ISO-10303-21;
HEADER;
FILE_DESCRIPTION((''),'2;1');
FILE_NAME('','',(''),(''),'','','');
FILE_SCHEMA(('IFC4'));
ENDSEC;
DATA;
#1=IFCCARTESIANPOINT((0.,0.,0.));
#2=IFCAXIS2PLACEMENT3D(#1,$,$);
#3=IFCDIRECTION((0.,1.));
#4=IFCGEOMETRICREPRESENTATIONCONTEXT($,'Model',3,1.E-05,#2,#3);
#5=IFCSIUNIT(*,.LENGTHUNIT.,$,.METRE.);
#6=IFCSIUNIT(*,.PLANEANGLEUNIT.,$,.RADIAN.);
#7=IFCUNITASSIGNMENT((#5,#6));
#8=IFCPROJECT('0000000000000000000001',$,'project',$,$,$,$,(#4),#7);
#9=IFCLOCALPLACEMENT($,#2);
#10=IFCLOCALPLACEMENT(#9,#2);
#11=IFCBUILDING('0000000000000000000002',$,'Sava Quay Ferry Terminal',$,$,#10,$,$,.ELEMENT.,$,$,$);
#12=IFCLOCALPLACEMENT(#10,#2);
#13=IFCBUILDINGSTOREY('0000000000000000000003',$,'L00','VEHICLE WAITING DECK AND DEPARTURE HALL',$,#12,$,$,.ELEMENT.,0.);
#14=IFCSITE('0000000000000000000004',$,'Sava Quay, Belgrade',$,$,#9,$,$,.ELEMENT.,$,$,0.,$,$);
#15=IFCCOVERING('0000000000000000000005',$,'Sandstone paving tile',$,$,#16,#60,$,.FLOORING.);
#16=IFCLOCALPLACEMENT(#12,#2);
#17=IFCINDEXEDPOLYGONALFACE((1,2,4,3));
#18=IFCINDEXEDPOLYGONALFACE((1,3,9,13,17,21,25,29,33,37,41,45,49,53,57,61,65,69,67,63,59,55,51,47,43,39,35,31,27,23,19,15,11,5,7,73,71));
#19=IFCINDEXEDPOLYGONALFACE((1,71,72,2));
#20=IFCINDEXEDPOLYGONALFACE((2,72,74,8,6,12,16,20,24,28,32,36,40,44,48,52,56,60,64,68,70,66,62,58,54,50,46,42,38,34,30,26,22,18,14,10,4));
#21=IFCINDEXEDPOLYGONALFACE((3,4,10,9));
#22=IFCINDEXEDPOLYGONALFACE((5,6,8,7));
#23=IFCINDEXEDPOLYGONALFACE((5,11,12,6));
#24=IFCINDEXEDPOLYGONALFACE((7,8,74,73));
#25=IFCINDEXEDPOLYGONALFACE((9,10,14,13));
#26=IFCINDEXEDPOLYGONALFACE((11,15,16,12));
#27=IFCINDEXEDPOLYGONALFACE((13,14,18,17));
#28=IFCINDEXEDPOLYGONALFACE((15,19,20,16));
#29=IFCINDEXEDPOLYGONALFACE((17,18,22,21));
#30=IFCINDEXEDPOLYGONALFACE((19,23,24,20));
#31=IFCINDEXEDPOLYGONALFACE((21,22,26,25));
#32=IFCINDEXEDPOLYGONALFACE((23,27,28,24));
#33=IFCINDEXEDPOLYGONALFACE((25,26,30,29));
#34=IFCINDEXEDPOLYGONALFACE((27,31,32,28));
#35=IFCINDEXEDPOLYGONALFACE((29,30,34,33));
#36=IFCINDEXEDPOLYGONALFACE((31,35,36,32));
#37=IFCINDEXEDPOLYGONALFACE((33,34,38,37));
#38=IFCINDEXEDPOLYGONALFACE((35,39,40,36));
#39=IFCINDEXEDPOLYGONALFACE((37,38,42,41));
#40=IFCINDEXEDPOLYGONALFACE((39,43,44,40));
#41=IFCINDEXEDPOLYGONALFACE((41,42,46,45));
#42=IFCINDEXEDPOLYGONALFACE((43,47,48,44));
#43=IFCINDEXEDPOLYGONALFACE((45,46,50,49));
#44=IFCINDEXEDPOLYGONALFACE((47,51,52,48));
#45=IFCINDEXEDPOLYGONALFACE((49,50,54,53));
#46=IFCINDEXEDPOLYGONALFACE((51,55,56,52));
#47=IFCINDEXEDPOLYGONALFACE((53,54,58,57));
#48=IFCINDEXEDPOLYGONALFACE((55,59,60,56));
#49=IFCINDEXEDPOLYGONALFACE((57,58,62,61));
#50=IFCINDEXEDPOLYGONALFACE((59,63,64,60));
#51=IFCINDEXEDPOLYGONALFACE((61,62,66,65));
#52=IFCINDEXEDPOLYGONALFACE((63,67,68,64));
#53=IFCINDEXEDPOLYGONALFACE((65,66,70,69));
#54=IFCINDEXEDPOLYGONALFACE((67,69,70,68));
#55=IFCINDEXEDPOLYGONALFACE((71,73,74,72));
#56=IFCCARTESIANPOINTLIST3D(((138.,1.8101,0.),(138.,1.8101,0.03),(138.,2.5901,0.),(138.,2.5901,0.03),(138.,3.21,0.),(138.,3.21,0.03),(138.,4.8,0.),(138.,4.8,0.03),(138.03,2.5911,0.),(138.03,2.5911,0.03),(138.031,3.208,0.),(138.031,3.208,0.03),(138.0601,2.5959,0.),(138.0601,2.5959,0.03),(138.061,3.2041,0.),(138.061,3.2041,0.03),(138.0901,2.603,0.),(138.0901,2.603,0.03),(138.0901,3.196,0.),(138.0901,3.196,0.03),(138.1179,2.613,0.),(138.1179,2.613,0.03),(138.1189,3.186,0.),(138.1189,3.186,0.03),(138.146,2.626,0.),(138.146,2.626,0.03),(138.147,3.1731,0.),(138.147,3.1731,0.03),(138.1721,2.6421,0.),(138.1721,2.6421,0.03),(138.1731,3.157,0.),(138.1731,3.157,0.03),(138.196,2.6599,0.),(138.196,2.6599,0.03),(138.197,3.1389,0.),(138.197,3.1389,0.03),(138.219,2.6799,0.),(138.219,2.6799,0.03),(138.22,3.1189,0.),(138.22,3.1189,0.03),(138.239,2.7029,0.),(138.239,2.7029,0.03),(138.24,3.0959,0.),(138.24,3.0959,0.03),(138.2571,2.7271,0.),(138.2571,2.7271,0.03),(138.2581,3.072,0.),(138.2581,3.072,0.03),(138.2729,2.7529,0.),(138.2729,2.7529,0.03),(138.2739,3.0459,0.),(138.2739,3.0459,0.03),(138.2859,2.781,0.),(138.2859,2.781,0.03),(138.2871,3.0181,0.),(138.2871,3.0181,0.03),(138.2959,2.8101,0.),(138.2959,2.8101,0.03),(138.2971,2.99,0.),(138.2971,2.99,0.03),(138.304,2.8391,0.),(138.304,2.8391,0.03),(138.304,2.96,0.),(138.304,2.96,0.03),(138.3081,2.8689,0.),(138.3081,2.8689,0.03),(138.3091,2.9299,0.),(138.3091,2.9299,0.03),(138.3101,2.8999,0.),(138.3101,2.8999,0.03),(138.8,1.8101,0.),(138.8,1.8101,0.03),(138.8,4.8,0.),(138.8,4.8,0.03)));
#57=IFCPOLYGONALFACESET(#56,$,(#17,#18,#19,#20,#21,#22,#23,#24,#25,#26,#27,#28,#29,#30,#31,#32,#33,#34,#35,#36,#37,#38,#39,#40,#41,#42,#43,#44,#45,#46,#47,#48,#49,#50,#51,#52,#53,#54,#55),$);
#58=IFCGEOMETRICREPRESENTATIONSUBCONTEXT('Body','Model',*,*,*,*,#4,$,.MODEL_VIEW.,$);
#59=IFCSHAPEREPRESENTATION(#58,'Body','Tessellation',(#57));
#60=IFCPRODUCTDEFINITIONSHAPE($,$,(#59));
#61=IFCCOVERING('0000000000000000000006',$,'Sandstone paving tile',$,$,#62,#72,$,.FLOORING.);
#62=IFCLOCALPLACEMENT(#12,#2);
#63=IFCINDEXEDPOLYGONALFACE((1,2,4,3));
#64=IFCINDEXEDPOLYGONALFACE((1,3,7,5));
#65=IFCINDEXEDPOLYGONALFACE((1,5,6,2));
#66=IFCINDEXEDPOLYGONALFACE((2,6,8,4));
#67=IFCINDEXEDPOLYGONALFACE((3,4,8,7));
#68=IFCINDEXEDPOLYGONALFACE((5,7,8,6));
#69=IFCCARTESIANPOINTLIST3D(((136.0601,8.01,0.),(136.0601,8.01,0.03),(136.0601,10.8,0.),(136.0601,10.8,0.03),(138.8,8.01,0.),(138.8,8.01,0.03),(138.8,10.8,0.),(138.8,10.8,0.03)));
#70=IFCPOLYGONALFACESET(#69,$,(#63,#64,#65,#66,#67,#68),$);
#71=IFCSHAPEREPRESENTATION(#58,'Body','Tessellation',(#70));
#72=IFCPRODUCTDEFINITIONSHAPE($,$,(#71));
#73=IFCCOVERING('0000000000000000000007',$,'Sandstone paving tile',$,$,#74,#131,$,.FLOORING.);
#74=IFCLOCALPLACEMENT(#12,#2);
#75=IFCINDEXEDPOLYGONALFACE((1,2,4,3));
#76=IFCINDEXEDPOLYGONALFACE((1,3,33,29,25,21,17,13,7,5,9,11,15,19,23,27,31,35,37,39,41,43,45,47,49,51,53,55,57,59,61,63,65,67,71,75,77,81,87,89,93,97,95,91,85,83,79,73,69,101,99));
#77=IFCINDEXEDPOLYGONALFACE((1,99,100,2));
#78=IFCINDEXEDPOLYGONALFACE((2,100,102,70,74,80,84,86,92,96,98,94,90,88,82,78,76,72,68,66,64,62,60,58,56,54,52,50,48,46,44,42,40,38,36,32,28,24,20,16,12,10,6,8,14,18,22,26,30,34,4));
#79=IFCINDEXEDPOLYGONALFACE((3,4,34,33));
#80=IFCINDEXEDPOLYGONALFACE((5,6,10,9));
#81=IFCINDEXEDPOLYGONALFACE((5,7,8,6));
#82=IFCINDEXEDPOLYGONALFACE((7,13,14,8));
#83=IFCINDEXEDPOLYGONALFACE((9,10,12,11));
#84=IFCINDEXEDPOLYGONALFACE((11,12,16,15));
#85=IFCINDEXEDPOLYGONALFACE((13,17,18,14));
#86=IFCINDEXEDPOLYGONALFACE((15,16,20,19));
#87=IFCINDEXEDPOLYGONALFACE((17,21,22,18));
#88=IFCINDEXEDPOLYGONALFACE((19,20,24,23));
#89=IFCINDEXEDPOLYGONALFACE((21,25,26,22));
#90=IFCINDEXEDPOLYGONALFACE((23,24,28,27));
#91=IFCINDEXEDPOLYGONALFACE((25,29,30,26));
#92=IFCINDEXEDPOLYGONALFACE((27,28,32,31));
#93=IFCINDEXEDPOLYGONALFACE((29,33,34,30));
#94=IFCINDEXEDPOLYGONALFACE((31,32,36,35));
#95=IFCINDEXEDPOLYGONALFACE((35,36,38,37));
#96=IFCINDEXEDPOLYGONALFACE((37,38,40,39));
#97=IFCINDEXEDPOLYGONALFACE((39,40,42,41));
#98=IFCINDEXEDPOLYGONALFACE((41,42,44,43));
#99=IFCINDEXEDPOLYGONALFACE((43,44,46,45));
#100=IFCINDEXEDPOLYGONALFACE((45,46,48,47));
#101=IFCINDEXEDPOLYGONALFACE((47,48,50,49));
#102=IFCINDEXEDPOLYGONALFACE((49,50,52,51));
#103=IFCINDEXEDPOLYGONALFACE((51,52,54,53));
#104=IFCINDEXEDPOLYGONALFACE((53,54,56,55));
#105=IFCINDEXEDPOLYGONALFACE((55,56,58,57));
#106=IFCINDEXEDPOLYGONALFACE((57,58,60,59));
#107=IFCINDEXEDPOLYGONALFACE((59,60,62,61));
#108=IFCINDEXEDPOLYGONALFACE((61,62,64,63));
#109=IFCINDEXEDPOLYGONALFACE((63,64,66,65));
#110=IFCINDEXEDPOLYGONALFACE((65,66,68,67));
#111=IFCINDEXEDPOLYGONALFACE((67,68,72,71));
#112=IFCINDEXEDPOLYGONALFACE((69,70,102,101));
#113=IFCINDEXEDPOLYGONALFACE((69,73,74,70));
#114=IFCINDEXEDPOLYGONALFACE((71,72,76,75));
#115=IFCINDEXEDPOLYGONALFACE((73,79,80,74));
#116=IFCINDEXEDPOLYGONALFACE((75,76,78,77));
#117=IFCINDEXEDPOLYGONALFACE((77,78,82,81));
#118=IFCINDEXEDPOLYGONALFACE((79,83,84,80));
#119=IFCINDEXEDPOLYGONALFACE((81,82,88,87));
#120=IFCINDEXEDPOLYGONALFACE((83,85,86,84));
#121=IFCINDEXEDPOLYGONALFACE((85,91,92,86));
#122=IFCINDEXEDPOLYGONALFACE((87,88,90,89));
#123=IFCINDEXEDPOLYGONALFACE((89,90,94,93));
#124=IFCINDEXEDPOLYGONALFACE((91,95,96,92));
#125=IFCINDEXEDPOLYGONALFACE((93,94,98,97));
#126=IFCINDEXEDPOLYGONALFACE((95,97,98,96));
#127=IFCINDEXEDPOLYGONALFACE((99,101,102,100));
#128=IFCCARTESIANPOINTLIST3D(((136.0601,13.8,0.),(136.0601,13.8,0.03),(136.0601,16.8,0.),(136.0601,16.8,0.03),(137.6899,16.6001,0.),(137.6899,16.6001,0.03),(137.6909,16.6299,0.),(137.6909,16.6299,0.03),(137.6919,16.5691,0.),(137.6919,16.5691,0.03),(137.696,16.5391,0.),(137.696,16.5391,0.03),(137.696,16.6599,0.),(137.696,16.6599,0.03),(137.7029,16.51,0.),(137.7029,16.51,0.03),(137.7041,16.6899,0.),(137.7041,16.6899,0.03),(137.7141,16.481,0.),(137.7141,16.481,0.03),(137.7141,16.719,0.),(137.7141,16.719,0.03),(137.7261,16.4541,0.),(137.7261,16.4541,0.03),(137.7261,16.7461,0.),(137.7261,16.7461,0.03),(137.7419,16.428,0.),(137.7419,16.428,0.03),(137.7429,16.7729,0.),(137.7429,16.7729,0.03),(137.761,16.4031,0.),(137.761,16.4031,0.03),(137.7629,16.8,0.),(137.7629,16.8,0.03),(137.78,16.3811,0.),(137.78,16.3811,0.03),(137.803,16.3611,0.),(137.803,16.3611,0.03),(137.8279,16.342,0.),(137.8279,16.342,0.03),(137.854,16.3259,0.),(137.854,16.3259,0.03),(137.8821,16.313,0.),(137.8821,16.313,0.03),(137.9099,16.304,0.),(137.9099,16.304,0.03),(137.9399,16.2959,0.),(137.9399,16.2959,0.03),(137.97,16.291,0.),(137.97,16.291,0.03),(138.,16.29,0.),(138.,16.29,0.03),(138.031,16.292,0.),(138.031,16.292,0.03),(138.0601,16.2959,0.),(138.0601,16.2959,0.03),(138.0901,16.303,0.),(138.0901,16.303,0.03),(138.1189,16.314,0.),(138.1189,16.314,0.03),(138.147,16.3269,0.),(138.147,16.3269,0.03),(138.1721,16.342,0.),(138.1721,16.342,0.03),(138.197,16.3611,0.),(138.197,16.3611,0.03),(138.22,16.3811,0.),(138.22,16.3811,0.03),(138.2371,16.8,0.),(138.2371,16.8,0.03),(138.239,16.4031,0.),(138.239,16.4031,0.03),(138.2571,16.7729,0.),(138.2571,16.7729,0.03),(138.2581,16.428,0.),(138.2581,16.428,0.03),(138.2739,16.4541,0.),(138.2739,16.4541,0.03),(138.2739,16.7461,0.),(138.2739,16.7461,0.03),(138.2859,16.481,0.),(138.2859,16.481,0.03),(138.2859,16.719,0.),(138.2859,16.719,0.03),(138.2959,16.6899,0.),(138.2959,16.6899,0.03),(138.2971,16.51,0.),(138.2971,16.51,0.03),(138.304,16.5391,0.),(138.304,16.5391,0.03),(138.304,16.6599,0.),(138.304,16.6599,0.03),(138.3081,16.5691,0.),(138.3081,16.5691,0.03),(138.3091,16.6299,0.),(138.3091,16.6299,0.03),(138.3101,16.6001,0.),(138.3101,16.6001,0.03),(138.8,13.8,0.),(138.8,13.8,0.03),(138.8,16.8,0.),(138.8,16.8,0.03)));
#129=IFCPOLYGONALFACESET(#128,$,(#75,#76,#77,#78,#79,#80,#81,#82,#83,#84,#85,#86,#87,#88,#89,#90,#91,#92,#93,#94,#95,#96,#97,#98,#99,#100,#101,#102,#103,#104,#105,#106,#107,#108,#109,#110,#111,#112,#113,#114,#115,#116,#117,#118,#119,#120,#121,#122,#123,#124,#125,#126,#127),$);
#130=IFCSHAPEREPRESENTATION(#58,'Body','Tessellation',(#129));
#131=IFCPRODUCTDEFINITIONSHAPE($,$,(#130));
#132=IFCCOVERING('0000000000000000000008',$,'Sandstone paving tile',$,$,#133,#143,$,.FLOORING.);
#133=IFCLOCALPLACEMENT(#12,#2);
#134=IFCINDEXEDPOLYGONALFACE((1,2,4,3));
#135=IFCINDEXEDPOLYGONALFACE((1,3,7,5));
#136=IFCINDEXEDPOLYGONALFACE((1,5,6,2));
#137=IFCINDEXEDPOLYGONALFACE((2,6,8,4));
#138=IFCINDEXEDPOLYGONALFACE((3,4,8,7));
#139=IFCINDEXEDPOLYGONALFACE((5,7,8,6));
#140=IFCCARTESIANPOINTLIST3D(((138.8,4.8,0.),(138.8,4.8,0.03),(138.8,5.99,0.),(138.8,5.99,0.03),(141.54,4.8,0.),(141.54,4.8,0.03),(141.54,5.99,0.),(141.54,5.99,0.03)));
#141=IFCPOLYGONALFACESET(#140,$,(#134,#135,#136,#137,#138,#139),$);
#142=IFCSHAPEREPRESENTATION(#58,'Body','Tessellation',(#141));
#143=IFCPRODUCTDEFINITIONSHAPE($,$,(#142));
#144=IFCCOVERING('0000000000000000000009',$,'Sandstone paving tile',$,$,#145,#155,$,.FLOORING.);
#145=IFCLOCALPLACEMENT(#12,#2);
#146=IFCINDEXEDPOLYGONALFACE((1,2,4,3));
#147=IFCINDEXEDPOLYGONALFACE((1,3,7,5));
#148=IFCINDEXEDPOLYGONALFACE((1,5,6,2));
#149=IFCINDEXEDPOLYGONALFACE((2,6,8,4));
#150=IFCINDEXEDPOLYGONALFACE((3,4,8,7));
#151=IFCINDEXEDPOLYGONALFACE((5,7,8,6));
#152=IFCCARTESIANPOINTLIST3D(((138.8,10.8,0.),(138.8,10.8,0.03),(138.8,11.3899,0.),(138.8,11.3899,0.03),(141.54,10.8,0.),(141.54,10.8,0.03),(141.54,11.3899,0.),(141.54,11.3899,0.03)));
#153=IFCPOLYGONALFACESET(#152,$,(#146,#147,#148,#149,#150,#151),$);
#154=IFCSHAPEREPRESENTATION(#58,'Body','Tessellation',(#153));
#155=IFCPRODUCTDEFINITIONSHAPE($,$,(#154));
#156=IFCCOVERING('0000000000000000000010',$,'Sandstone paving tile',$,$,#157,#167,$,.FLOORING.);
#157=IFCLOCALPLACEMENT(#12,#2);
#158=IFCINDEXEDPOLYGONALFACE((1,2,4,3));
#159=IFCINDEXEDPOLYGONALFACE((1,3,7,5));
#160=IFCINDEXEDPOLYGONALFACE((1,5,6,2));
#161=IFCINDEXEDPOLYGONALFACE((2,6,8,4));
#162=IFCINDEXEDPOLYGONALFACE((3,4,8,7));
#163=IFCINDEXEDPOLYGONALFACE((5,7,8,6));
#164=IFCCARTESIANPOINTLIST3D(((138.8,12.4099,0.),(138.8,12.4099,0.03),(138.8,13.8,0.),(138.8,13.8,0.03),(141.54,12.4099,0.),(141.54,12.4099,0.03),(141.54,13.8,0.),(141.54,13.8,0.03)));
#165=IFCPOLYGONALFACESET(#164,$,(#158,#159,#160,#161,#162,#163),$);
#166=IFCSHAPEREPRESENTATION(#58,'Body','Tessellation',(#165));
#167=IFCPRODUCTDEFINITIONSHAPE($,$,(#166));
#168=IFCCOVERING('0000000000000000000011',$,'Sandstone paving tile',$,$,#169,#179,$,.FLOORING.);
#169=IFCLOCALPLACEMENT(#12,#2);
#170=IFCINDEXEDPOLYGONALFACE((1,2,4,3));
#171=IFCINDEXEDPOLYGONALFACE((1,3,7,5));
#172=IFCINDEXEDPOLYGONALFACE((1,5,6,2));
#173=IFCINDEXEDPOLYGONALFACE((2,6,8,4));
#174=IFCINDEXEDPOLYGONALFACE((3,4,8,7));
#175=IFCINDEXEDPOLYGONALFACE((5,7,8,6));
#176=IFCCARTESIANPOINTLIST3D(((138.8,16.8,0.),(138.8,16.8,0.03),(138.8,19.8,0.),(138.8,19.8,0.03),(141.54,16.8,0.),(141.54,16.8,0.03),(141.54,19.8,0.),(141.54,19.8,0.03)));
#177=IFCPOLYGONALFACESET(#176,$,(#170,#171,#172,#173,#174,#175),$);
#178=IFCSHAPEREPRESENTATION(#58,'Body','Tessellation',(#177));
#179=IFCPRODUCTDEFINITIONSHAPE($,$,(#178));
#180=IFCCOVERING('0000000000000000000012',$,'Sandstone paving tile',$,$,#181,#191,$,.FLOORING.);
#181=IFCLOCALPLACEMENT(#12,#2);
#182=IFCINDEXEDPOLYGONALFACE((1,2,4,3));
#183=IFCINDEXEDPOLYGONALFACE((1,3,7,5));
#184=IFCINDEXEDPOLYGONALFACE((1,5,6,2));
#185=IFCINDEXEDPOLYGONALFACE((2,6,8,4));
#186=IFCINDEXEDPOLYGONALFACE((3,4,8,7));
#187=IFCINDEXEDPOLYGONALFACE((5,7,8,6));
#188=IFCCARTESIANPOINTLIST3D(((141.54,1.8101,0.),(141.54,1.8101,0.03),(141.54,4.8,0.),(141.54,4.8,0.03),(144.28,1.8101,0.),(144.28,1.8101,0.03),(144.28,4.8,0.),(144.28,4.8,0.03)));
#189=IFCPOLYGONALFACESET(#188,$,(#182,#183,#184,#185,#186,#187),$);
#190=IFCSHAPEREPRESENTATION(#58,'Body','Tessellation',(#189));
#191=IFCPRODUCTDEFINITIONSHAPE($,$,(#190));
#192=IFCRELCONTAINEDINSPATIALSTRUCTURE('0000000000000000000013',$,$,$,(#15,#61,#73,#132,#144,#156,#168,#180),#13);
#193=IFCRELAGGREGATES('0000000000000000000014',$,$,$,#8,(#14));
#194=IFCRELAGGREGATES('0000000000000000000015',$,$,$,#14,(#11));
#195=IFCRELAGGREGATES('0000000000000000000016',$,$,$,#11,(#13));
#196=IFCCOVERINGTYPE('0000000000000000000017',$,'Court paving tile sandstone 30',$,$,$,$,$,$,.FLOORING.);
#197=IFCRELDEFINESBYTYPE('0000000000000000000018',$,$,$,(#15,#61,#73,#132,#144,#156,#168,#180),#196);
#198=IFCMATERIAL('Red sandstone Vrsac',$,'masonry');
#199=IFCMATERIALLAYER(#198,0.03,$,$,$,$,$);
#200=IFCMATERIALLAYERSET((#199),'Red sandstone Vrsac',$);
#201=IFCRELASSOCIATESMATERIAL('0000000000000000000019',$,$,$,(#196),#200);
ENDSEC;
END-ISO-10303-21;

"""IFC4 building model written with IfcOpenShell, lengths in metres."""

from ifc_helpers import new_model, si_unit, direction, origin, place, context, subcontext, project, spatial, polyline, outline, extrude, material, layer, layer_set, type_object, element, save


model = new_model("IFC4")

# Units and contexts
model_context = context("Model", 3, precision=1e-05, world=origin(), true_north=direction((0.0, 1.0)))
body_context = subcontext(model_context, "Body", "Model", "MODEL_VIEW")
ifc_project = project(units=[si_unit("LENGTHUNIT", "METRE"), si_unit("PLANEANGLEUNIT", "RADIAN")], contexts=[model_context])

# Site, building, storey
site_placement = place(None, origin())
site = spatial("IfcSite", under=ifc_project, at=site_placement, Name="Sava Quay, Belgrade", CompositionType="ELEMENT", RefElevation=0.0)
building_placement = place(site_placement, origin())
building = spatial("IfcBuilding", under=site, at=building_placement, Name="Sava Quay Ferry Terminal", CompositionType="ELEMENT")
storey_placement = place(building_placement, origin())
storey = spatial("IfcBuildingStorey", under=building, at=storey_placement, Name="L00", Description="VEHICLE WAITING DECK AND DEPARTURE HALL", CompositionType="ELEMENT", Elevation=0.0)

# Coverings
ifc_material_1 = material(Name="Red sandstone Vrsac", Category="masonry")
ifc_layer_1 = layer(ifc_material_1, 0.03)
ifc_layer_set_1 = layer_set([ifc_layer_1], Name="Red sandstone Vrsac")
covering_type_1 = type_object("IfcCoveringType", Name="Court paving tile sandstone 30", PredefinedType="FLOORING", material=ifc_layer_set_1)
covering_1_placement = place(storey_placement, origin())
element("IfcCovering", 1, at=covering_1_placement, inside=storey, type_object=covering_type_1, Name="Sandstone paving tile", PredefinedType="FLOORING", context=body_context, shape_type="SweptSolid", body=[
    extrude(outline(polyline([(138.8, 4.8), (138.0, 4.8), (138.0, 3.21), (138.031, 3.208), (138.061, 3.2041), (138.0901, 3.196), (138.1189, 3.186), (138.147, 3.1731), (138.1731, 3.157), (138.197, 3.1389), (138.22, 3.1189), (138.24, 3.0959), (138.2581, 3.072), (138.2739, 3.0459), (138.2871, 3.0181), (138.2971, 2.99), (138.304, 2.96), (138.3091, 2.9299), (138.3101, 2.8999), (138.3081, 2.8689), (138.304, 2.8391), (138.2959, 2.8101), (138.2859, 2.781), (138.2729, 2.7529), (138.2571, 2.7271), (138.239, 2.7029), (138.219, 2.6799), (138.196, 2.6599), (138.1721, 2.6421), (138.146, 2.626), (138.1179, 2.613), (138.0901, 2.603), (138.0601, 2.5959), (138.03, 2.5911), (138.0, 2.5901), (138.0, 1.8101), (138.8, 1.8101), (138.8, 4.8)])), origin(), (0.0, 0.0, 1.0), 0.03),
])
covering_2_placement = place(storey_placement, origin())
element("IfcCovering", 2, at=covering_2_placement, inside=storey, type_object=covering_type_1, Name="Sandstone paving tile", PredefinedType="FLOORING", context=body_context, shape_type="SweptSolid", body=[
    extrude(outline(polyline([(136.0601, 10.8), (136.0601, 8.01), (138.8, 8.01), (138.8, 10.8), (136.0601, 10.8)])), origin(), (0.0, 0.0, 1.0), 0.03),
])
covering_3_placement = place(storey_placement, origin())
element("IfcCovering", 3, at=covering_3_placement, inside=storey, type_object=covering_type_1, Name="Sandstone paving tile", PredefinedType="FLOORING", context=body_context, shape_type="SweptSolid", body=[
    extrude(outline(polyline([(138.8, 16.8), (138.2371, 16.8), (138.2571, 16.7729), (138.2739, 16.7461), (138.2859, 16.719), (138.2959, 16.6899), (138.304, 16.6599), (138.3091, 16.6299), (138.3101, 16.6001), (138.3081, 16.5691), (138.304, 16.5391), (138.2971, 16.51), (138.2859, 16.481), (138.2739, 16.4541), (138.2581, 16.428), (138.239, 16.4031), (138.22, 16.3811), (138.197, 16.3611), (138.1721, 16.342), (138.147, 16.3269), (138.1189, 16.314), (138.0901, 16.303), (138.0601, 16.2959), (138.031, 16.292), (138.0, 16.29), (137.97, 16.291), (137.9399, 16.2959), (137.9099, 16.304), (137.8821, 16.313), (137.854, 16.3259), (137.8279, 16.342), (137.803, 16.3611), (137.78, 16.3811), (137.761, 16.4031), (137.7419, 16.428), (137.7261, 16.4541), (137.7141, 16.481), (137.7029, 16.51), (137.696, 16.5391), (137.6919, 16.5691), (137.6899, 16.6001), (137.6909, 16.6299), (137.696, 16.6599), (137.7041, 16.6899), (137.7141, 16.719), (137.7261, 16.7461), (137.7429, 16.7729), (137.7629, 16.8), (136.0601, 16.8), (136.0601, 13.8), (138.8, 13.8), (138.8, 16.8)])), origin(), (0.0, 0.0, 1.0), 0.03),
])
covering_4_placement = place(storey_placement, origin())
element("IfcCovering", 4, at=covering_4_placement, inside=storey, type_object=covering_type_1, Name="Sandstone paving tile", PredefinedType="FLOORING", context=body_context, shape_type="SweptSolid", body=[
    extrude(outline(polyline([(141.54, 4.8), (141.54, 5.99), (138.8, 5.99), (138.8, 4.8), (141.54, 4.8)])), origin(), (0.0, 0.0, 1.0), 0.03),
])
covering_5_placement = place(storey_placement, origin())
element("IfcCovering", 5, at=covering_5_placement, inside=storey, type_object=covering_type_1, Name="Sandstone paving tile", PredefinedType="FLOORING", context=body_context, shape_type="SweptSolid", body=[
    extrude(outline(polyline([(141.54, 10.8), (141.54, 11.3899), (138.8, 11.3899), (138.8, 10.8), (141.54, 10.8)])), origin(), (0.0, 0.0, 1.0), 0.03),
])
covering_6_placement = place(storey_placement, origin())
element("IfcCovering", 6, at=covering_6_placement, inside=storey, type_object=covering_type_1, Name="Sandstone paving tile", PredefinedType="FLOORING", context=body_context, shape_type="SweptSolid", body=[
    extrude(outline(polyline([(138.8, 13.8), (138.8, 12.4099), (141.54, 12.4099), (141.54, 13.8), (138.8, 13.8)])), origin(), (0.0, 0.0, 1.0), 0.03),
])
covering_7_placement = place(storey_placement, origin())
element("IfcCovering", 7, at=covering_7_placement, inside=storey, type_object=covering_type_1, Name="Sandstone paving tile", PredefinedType="FLOORING", context=body_context, shape_type="SweptSolid", body=[
    extrude(outline(polyline([(141.54, 16.8), (141.54, 19.8), (138.8, 19.8), (138.8, 16.8), (141.54, 16.8)])), origin(), (0.0, 0.0, 1.0), 0.03),
])
covering_8_placement = place(storey_placement, origin())
element("IfcCovering", 8, at=covering_8_placement, inside=storey, type_object=covering_type_1, Name="Sandstone paving tile", PredefinedType="FLOORING", context=body_context, shape_type="SweptSolid", body=[
    extrude(outline(polyline([(141.54, 4.8), (141.54, 1.8101), (144.28, 1.8101), (144.28, 4.8), (141.54, 4.8)])), origin(), (0.0, 0.0, 1.0), 0.03),
])

save(model, "model.ifc")
